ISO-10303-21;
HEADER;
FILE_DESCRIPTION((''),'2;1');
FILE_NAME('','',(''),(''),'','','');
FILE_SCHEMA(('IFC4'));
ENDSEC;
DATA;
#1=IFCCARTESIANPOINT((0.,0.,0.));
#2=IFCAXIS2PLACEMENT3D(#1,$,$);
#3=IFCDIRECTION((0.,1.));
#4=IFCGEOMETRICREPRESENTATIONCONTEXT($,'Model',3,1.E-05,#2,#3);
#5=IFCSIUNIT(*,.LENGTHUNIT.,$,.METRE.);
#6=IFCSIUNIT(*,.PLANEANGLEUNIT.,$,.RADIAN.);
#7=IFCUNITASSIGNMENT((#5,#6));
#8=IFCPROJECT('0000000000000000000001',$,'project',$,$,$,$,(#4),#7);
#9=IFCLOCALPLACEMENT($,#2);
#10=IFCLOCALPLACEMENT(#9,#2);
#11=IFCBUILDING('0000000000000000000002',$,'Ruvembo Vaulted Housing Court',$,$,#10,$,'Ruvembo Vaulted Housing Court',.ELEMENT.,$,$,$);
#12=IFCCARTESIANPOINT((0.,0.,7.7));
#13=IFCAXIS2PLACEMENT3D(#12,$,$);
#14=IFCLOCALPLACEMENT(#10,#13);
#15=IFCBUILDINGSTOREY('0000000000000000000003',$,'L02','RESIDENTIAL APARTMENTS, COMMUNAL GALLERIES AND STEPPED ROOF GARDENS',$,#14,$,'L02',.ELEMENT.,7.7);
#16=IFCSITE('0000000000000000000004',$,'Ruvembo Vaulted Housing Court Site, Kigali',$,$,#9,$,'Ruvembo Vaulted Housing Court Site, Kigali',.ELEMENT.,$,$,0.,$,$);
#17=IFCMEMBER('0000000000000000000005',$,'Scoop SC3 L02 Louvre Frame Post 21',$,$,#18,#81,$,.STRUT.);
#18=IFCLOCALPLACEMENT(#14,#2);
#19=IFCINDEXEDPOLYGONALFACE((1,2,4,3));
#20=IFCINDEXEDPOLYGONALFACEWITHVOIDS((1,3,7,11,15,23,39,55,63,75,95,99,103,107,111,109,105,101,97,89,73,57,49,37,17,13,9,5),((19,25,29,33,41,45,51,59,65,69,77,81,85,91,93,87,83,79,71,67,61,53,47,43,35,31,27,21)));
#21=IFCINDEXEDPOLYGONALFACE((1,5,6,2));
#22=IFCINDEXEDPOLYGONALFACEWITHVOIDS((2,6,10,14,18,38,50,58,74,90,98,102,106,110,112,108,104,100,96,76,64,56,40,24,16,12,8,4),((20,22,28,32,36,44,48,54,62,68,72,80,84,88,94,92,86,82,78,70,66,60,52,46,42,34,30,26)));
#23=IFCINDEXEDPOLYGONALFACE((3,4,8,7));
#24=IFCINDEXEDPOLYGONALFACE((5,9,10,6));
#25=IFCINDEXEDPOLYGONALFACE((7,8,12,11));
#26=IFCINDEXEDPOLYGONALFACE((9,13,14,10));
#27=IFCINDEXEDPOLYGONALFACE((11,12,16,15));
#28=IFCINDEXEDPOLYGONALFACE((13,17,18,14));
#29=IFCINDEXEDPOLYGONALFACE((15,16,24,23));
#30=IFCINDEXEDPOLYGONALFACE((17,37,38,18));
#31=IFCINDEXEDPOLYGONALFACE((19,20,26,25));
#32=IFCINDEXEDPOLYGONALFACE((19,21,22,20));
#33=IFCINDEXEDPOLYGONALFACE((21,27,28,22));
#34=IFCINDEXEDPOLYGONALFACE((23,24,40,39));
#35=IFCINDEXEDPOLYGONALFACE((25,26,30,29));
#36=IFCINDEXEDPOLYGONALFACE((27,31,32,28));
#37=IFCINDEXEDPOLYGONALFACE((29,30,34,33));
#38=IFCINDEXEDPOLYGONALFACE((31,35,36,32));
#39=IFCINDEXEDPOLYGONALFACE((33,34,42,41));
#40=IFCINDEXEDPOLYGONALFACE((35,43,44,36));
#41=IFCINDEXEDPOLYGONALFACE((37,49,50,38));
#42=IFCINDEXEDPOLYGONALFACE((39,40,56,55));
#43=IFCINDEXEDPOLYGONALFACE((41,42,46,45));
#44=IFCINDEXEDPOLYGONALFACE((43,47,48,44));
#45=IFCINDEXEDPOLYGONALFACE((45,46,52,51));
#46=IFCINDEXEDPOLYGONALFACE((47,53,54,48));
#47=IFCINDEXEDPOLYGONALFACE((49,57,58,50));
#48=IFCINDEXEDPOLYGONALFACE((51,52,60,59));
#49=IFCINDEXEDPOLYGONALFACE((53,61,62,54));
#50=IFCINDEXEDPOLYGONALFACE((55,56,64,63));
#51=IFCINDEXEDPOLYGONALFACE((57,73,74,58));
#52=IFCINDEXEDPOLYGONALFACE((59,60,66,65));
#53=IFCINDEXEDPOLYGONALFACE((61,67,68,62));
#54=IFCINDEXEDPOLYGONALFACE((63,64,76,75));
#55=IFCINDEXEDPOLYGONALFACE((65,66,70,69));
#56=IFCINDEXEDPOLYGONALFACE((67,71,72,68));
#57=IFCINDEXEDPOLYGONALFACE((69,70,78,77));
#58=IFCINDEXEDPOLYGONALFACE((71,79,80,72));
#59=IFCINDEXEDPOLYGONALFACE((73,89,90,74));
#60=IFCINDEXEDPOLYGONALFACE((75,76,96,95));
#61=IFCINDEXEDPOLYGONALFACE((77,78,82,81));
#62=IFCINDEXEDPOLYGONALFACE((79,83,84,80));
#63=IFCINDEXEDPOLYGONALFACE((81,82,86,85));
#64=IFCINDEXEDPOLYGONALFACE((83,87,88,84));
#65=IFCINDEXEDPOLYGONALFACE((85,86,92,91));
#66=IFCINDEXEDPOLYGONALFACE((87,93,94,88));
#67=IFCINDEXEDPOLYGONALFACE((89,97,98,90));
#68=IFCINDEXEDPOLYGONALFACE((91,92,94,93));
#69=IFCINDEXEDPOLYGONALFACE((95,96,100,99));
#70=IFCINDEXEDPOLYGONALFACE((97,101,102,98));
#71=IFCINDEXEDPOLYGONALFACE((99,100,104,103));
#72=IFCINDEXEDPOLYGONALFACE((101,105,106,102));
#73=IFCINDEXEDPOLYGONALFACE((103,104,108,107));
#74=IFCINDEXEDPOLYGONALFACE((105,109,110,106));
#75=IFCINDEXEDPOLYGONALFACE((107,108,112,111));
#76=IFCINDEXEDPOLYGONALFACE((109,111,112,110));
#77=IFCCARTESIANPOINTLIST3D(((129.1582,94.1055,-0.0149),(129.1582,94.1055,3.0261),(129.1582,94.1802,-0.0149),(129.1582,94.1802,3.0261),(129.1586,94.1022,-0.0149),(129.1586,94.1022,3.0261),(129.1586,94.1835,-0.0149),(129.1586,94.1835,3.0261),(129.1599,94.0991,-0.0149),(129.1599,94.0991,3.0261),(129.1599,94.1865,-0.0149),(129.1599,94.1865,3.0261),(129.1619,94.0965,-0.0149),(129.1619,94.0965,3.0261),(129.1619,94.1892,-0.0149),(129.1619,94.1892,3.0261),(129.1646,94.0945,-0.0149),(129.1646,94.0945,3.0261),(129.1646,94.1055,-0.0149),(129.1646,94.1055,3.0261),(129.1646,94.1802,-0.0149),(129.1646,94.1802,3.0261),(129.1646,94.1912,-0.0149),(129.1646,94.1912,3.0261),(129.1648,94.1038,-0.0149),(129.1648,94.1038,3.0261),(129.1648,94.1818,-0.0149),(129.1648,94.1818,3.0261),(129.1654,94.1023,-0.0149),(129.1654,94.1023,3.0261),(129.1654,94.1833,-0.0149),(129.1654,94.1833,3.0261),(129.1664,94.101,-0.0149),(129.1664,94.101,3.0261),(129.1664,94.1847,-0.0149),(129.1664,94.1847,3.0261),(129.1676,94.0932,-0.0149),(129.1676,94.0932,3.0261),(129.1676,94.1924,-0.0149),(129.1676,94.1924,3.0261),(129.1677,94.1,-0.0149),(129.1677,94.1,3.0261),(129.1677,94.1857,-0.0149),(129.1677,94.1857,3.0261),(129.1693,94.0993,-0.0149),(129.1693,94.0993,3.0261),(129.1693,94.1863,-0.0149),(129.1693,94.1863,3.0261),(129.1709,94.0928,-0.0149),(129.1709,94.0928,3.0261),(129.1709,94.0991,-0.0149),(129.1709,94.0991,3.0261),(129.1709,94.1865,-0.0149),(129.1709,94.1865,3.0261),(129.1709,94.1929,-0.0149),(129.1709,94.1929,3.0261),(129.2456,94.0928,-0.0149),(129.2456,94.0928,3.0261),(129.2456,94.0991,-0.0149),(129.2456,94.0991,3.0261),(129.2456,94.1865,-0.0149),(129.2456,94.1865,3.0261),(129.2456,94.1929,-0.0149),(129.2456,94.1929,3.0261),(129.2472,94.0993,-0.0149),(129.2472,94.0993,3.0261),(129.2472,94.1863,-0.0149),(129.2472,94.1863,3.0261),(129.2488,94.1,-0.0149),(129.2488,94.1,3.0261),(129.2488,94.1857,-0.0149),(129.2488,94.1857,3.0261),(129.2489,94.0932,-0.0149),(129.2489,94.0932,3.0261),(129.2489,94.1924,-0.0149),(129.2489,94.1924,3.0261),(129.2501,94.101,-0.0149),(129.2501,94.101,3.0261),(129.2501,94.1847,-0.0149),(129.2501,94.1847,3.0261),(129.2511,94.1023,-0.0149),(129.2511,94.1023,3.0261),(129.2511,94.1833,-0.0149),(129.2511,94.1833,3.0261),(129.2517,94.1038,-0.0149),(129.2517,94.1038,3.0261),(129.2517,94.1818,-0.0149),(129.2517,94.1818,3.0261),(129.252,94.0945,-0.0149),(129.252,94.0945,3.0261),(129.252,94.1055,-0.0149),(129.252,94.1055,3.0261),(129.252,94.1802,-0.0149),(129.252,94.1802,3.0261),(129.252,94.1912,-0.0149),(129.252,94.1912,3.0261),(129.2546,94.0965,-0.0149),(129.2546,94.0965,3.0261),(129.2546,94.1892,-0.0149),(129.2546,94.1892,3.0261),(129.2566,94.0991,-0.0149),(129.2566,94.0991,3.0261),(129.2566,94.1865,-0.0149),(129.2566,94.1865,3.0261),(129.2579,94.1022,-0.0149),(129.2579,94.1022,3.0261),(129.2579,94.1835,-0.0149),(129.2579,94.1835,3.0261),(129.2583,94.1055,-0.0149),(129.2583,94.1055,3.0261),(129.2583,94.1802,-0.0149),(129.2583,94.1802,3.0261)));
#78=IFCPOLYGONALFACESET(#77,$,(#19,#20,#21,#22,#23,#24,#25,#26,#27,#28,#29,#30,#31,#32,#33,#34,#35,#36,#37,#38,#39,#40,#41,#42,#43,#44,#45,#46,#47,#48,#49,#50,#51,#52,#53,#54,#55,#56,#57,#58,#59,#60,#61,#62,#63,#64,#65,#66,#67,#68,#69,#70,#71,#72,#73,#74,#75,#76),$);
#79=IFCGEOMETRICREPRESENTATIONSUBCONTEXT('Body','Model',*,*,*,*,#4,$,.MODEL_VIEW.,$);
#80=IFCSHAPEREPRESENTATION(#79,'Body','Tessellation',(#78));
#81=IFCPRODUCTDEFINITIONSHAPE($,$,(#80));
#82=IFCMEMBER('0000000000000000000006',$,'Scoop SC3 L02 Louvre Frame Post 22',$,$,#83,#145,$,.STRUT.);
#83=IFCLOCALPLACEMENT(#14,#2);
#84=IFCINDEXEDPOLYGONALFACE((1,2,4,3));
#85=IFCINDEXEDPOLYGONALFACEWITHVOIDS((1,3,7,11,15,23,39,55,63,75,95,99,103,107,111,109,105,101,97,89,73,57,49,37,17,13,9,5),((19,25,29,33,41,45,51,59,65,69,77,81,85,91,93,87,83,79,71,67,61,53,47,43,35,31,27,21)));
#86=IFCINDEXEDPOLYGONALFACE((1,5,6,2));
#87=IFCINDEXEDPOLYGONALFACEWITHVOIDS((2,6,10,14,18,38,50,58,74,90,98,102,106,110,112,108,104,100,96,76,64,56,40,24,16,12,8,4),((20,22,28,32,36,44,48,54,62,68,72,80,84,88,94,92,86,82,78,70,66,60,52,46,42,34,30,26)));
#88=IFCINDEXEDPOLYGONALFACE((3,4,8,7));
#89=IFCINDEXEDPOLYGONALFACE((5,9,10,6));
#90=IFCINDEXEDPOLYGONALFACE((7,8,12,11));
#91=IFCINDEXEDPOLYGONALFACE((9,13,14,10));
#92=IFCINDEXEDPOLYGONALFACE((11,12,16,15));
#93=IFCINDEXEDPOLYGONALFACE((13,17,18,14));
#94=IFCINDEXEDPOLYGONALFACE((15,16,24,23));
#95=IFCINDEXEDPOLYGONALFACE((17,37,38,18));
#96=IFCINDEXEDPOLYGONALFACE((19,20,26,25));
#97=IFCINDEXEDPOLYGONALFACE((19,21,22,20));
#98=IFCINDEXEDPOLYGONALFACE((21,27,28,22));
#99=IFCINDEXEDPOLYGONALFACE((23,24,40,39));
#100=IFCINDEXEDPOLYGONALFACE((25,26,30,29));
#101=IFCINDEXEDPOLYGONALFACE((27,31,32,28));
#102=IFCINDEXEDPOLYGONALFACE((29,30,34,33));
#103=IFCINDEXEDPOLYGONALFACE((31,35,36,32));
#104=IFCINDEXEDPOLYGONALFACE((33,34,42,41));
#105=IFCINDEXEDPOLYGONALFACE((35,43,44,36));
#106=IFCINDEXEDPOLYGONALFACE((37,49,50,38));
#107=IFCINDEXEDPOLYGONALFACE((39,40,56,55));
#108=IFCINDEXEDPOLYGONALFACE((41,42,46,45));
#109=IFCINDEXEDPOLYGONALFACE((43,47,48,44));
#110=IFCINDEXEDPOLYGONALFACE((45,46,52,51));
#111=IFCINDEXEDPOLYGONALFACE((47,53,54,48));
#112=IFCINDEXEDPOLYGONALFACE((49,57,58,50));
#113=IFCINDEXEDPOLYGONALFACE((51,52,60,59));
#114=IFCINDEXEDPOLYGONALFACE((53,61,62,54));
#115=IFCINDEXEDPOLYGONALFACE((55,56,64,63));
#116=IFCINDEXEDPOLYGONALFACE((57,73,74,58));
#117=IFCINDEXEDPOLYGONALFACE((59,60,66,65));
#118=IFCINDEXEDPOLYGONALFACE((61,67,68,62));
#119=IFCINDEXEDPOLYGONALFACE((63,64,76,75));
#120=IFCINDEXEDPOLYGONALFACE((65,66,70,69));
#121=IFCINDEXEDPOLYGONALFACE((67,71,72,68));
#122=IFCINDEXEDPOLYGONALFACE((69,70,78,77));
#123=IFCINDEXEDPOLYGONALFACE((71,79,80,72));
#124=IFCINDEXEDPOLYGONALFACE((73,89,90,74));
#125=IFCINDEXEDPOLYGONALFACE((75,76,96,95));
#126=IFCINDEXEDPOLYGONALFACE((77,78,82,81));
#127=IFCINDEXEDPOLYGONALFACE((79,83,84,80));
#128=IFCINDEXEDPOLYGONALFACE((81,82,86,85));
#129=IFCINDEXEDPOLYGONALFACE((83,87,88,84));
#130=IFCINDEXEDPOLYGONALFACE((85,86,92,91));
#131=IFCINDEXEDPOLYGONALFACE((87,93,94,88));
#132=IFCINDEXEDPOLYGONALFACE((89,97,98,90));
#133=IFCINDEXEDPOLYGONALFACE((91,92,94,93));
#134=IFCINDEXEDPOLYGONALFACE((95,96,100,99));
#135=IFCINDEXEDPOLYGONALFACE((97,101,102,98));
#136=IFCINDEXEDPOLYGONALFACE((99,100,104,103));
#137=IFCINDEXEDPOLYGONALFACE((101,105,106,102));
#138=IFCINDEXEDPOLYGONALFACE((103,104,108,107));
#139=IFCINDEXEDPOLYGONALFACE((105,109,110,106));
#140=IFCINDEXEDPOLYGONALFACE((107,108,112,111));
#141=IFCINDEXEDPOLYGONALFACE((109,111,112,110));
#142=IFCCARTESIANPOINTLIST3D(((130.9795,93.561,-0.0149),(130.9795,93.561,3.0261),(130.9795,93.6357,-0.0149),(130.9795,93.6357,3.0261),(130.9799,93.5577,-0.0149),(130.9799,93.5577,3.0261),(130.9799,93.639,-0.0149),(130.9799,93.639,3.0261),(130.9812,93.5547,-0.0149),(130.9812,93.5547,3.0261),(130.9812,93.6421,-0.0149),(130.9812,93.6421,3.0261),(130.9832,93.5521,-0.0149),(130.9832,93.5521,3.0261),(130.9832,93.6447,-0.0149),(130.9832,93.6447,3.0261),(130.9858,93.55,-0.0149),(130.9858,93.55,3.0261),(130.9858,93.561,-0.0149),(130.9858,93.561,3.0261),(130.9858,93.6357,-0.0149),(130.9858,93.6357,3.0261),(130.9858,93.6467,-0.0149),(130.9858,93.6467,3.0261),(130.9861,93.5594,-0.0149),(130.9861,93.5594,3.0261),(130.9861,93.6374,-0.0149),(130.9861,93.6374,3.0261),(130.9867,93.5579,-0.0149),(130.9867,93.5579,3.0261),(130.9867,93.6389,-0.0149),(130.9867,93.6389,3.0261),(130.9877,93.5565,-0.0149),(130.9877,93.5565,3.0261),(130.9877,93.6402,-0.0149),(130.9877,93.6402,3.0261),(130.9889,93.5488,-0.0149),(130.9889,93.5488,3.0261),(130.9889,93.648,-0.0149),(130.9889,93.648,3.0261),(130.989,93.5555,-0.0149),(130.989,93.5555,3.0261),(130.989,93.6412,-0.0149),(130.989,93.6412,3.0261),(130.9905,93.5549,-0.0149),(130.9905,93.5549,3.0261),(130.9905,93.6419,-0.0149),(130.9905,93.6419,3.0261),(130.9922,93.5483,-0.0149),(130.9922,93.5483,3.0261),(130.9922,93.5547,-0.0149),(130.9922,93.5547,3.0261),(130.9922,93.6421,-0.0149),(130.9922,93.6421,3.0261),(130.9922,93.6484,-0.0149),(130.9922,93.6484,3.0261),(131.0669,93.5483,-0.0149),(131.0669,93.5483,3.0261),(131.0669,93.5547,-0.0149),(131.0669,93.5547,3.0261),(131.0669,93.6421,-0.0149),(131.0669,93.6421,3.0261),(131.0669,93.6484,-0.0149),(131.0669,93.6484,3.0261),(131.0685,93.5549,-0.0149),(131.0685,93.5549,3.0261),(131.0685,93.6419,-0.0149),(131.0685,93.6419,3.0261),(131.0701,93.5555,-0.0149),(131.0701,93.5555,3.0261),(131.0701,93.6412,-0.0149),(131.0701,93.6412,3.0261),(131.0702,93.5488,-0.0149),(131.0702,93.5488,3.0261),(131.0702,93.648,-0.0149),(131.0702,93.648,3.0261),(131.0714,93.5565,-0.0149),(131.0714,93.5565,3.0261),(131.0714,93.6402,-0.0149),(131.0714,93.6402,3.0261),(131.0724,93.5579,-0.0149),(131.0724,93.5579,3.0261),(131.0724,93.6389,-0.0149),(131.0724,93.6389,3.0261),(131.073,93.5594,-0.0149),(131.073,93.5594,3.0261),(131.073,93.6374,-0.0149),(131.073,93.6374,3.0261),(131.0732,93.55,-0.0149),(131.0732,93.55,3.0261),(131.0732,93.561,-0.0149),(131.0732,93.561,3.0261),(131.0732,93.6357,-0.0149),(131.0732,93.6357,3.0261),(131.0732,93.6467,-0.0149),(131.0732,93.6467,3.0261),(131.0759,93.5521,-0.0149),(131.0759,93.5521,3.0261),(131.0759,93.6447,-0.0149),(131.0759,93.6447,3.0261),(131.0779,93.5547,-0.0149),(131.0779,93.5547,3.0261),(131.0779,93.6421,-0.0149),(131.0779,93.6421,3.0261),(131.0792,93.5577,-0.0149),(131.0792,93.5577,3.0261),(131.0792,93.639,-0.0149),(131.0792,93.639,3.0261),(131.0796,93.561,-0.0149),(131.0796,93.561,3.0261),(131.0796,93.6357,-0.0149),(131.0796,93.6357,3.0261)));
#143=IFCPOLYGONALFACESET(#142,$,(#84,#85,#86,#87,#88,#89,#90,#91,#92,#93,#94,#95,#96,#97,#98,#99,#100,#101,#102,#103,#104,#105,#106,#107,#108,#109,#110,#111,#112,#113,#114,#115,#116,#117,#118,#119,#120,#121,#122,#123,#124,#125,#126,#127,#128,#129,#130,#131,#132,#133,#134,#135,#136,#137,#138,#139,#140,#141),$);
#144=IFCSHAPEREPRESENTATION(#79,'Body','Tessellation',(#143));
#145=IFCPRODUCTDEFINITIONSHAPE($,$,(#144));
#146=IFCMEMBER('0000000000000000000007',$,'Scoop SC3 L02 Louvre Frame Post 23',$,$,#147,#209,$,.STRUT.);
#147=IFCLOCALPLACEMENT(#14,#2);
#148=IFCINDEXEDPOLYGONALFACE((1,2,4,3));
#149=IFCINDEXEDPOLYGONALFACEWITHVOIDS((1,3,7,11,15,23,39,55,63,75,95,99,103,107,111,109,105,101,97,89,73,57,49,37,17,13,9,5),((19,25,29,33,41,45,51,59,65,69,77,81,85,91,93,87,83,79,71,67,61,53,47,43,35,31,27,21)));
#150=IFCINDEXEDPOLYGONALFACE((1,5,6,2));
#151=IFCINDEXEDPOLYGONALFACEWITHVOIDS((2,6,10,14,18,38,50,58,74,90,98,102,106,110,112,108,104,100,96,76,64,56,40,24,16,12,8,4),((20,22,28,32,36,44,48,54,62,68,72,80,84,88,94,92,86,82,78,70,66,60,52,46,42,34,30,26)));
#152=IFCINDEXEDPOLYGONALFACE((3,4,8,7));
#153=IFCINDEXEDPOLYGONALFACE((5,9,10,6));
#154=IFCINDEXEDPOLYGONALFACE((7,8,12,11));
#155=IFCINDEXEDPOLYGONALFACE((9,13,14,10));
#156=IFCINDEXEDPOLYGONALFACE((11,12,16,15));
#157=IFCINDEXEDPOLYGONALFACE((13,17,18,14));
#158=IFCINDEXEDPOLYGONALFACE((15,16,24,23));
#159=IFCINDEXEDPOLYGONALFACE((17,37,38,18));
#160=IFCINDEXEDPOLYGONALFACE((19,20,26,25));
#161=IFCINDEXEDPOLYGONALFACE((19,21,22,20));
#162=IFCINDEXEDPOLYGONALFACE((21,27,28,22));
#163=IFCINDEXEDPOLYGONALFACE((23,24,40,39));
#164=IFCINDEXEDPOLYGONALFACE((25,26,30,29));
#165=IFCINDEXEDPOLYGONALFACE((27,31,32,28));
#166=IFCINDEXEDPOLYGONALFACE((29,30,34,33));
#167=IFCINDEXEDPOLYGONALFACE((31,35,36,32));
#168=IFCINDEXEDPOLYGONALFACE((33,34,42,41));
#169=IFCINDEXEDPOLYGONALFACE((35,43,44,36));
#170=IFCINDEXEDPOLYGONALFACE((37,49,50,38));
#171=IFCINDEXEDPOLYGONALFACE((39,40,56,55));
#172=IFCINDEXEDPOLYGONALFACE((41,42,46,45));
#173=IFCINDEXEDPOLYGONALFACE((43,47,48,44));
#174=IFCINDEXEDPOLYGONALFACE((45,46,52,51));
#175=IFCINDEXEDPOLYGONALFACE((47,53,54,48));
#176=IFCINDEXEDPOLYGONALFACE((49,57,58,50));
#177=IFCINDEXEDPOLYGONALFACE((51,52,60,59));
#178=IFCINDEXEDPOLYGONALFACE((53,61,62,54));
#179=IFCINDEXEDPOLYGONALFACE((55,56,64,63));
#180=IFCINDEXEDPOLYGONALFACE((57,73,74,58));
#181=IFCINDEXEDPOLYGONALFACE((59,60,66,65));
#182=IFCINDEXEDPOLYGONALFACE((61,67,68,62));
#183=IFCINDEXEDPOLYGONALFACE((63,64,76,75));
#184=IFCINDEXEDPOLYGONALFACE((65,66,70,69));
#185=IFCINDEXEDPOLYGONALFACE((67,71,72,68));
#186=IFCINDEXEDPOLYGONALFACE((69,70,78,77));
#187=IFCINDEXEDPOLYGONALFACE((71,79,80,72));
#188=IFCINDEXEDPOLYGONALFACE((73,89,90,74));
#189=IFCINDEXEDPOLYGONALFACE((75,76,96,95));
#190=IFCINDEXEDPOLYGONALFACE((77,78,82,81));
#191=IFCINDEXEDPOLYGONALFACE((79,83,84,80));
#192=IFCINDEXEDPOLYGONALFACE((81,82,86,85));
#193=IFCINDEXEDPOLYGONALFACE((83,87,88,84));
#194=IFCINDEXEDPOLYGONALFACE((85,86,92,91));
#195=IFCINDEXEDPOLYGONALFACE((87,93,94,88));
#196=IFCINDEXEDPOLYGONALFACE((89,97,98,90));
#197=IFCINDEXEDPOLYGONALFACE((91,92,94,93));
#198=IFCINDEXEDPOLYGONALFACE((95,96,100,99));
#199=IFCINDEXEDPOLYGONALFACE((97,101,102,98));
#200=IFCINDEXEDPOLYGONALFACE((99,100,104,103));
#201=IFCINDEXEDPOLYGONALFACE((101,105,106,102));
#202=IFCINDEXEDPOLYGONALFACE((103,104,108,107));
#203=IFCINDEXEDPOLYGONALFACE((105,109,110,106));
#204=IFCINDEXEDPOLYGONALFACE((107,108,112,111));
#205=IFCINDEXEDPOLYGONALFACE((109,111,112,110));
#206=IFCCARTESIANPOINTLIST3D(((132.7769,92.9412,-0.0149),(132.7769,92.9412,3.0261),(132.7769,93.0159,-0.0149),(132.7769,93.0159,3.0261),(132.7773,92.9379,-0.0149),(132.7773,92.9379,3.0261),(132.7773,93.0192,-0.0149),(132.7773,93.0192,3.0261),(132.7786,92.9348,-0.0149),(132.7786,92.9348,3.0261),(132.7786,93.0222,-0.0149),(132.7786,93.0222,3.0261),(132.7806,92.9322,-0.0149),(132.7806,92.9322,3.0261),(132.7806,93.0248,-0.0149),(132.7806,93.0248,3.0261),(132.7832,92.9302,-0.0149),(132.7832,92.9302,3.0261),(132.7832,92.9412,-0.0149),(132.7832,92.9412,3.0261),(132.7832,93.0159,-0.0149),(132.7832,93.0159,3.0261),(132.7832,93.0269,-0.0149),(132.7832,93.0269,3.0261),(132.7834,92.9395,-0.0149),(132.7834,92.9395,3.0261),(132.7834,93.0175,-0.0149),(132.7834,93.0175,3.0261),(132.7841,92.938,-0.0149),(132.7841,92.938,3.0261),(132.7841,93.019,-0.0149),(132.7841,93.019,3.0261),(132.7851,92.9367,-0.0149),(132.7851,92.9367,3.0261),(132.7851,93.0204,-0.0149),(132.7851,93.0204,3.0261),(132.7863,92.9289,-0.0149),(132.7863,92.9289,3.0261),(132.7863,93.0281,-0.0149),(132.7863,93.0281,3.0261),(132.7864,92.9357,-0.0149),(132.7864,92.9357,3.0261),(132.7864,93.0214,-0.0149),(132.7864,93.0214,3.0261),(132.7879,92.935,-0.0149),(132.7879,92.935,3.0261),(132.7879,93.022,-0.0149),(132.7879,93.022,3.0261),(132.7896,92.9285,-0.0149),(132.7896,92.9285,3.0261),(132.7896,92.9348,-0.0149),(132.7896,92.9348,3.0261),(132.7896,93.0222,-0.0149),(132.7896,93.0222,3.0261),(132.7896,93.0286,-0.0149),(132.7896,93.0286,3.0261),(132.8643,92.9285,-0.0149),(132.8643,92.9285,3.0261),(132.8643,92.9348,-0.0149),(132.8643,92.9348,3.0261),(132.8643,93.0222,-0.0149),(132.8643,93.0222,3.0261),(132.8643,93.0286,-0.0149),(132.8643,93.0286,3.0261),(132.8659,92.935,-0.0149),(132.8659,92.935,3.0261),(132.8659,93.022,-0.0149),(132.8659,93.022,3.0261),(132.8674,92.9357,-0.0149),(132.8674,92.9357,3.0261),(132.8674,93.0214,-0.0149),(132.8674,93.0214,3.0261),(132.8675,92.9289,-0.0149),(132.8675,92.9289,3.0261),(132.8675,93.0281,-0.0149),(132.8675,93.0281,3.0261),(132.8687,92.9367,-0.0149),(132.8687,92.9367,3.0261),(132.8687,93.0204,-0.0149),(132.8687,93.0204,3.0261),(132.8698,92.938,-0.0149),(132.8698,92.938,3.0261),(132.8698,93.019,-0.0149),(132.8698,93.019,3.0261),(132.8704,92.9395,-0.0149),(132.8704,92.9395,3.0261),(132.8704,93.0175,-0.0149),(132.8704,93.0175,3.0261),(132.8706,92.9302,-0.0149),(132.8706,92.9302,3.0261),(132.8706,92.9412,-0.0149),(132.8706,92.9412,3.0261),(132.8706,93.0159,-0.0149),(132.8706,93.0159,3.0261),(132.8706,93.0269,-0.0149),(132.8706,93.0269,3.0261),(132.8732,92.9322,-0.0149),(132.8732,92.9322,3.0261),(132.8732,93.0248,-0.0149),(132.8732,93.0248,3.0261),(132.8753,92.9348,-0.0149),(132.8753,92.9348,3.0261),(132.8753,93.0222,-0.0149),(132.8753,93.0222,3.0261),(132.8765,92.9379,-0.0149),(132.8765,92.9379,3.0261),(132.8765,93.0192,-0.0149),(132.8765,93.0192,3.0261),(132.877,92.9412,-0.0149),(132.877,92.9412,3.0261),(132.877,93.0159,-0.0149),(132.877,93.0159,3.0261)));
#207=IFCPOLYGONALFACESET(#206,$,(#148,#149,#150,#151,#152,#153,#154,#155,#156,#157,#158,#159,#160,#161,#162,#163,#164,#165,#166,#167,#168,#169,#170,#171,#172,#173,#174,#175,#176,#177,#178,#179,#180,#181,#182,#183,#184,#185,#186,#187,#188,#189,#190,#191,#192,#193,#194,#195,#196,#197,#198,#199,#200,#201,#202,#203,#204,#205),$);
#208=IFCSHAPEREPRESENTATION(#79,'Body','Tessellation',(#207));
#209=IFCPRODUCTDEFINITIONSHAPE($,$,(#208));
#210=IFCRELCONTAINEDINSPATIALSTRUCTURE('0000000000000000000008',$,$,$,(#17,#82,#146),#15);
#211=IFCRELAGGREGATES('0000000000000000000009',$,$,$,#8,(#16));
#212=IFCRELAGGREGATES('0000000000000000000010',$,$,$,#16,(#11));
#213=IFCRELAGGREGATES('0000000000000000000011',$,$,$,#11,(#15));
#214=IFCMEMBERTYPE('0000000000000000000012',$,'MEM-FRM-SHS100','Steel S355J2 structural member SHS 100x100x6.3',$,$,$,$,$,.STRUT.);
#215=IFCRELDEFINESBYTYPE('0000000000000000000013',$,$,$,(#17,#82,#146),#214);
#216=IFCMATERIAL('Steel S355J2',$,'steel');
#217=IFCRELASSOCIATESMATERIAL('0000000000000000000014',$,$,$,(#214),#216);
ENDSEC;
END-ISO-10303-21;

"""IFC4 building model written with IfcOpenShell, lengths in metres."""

from ifc_helpers import new_model, si_unit, direction, frame, origin, origin_2d, place, context, subcontext, project, spatial, hollow_rectangle, extrude, material, material_profile, profile_set, type_object, element, save


model = new_model("IFC4")

# Units and contexts
model_context = context("Model", 3, precision=1e-05, world=origin(), true_north=direction((0.0, 1.0)))
body_context = subcontext(model_context, "Body", "Model", "MODEL_VIEW")
ifc_project = project(units=[si_unit("LENGTHUNIT", "METRE"), si_unit("PLANEANGLEUNIT", "RADIAN")], contexts=[model_context])

# Site, building, storey
site_placement = place(None, origin())
site = spatial("IfcSite", under=ifc_project, at=site_placement, Name="Ruvembo Vaulted Housing Court Site, Kigali", LongName="Ruvembo Vaulted Housing Court Site, Kigali", CompositionType="ELEMENT", RefElevation=0.0)
building_placement = place(site_placement, origin())
building = spatial("IfcBuilding", under=site, at=building_placement, Name="Ruvembo Vaulted Housing Court", LongName="Ruvembo Vaulted Housing Court", CompositionType="ELEMENT")
storey_placement = place(building_placement, frame((0.0, 0.0, 7.7)))
storey = spatial("IfcBuildingStorey", under=building, at=storey_placement, Name="L02", Description="RESIDENTIAL APARTMENTS, COMMUNAL GALLERIES AND STEPPED ROOF GARDENS", LongName="L02", CompositionType="ELEMENT", Elevation=7.7)

# Shared definitions
ifc_material_1 = material(Name="Steel S355J2", Category="steel")

# Members
ifc_material_profile_1 = material_profile(ifc_material_1, hollow_rectangle(XDim=0.1001, YDim=0.1001, WallThickness=0.0063, InnerFilletRadius=0.0063, OuterFilletRadius=0.0127, at=origin_2d()), Name="SHS 100x100x6.3")
ifc_profile_set_1 = profile_set([ifc_material_profile_1], Name="Steel S355J2")
member_type_1 = type_object("IfcMemberType", Name="MEM-FRM-SHS100", Description="Steel S355J2 structural member SHS 100x100x6.3", PredefinedType="STRUT", material=ifc_profile_set_1)
for number, where, z_axis, x_axis, name in (
    (1, (129.2083, 94.1428, -0.0149), (0.0, 0.0, 1.0), (1.0, 0.0, 0.0), "Scoop SC3 L02 Louvre Frame Post 21"),
    (2, (131.0295, 93.5984, -0.0149), (0.0, 0.0, 1.0), (1.0, 0.0, 0.0), "Scoop SC3 L02 Louvre Frame Post 22"),
    (3, (132.8269, 92.9785, -0.0149), (0.0, 0.0, 1.0), (1.0, 0.0, 0.0), "Scoop SC3 L02 Louvre Frame Post 23"),
):
    element("IfcMember", number, at=place(storey_placement, frame(where, z_axis=z_axis, x_axis=x_axis)), inside=storey, type_object=member_type_1, Name=name, PredefinedType="STRUT", context=body_context, shape_type="SweptSolid", body=[
        extrude(hollow_rectangle(XDim=0.1001, YDim=0.1001, WallThickness=0.0063, InnerFilletRadius=0.0063, OuterFilletRadius=0.0127, at=origin_2d()), origin(), (0.0, 0.0, 1.0), 3.041),
    ])

save(model, "model.ifc")
